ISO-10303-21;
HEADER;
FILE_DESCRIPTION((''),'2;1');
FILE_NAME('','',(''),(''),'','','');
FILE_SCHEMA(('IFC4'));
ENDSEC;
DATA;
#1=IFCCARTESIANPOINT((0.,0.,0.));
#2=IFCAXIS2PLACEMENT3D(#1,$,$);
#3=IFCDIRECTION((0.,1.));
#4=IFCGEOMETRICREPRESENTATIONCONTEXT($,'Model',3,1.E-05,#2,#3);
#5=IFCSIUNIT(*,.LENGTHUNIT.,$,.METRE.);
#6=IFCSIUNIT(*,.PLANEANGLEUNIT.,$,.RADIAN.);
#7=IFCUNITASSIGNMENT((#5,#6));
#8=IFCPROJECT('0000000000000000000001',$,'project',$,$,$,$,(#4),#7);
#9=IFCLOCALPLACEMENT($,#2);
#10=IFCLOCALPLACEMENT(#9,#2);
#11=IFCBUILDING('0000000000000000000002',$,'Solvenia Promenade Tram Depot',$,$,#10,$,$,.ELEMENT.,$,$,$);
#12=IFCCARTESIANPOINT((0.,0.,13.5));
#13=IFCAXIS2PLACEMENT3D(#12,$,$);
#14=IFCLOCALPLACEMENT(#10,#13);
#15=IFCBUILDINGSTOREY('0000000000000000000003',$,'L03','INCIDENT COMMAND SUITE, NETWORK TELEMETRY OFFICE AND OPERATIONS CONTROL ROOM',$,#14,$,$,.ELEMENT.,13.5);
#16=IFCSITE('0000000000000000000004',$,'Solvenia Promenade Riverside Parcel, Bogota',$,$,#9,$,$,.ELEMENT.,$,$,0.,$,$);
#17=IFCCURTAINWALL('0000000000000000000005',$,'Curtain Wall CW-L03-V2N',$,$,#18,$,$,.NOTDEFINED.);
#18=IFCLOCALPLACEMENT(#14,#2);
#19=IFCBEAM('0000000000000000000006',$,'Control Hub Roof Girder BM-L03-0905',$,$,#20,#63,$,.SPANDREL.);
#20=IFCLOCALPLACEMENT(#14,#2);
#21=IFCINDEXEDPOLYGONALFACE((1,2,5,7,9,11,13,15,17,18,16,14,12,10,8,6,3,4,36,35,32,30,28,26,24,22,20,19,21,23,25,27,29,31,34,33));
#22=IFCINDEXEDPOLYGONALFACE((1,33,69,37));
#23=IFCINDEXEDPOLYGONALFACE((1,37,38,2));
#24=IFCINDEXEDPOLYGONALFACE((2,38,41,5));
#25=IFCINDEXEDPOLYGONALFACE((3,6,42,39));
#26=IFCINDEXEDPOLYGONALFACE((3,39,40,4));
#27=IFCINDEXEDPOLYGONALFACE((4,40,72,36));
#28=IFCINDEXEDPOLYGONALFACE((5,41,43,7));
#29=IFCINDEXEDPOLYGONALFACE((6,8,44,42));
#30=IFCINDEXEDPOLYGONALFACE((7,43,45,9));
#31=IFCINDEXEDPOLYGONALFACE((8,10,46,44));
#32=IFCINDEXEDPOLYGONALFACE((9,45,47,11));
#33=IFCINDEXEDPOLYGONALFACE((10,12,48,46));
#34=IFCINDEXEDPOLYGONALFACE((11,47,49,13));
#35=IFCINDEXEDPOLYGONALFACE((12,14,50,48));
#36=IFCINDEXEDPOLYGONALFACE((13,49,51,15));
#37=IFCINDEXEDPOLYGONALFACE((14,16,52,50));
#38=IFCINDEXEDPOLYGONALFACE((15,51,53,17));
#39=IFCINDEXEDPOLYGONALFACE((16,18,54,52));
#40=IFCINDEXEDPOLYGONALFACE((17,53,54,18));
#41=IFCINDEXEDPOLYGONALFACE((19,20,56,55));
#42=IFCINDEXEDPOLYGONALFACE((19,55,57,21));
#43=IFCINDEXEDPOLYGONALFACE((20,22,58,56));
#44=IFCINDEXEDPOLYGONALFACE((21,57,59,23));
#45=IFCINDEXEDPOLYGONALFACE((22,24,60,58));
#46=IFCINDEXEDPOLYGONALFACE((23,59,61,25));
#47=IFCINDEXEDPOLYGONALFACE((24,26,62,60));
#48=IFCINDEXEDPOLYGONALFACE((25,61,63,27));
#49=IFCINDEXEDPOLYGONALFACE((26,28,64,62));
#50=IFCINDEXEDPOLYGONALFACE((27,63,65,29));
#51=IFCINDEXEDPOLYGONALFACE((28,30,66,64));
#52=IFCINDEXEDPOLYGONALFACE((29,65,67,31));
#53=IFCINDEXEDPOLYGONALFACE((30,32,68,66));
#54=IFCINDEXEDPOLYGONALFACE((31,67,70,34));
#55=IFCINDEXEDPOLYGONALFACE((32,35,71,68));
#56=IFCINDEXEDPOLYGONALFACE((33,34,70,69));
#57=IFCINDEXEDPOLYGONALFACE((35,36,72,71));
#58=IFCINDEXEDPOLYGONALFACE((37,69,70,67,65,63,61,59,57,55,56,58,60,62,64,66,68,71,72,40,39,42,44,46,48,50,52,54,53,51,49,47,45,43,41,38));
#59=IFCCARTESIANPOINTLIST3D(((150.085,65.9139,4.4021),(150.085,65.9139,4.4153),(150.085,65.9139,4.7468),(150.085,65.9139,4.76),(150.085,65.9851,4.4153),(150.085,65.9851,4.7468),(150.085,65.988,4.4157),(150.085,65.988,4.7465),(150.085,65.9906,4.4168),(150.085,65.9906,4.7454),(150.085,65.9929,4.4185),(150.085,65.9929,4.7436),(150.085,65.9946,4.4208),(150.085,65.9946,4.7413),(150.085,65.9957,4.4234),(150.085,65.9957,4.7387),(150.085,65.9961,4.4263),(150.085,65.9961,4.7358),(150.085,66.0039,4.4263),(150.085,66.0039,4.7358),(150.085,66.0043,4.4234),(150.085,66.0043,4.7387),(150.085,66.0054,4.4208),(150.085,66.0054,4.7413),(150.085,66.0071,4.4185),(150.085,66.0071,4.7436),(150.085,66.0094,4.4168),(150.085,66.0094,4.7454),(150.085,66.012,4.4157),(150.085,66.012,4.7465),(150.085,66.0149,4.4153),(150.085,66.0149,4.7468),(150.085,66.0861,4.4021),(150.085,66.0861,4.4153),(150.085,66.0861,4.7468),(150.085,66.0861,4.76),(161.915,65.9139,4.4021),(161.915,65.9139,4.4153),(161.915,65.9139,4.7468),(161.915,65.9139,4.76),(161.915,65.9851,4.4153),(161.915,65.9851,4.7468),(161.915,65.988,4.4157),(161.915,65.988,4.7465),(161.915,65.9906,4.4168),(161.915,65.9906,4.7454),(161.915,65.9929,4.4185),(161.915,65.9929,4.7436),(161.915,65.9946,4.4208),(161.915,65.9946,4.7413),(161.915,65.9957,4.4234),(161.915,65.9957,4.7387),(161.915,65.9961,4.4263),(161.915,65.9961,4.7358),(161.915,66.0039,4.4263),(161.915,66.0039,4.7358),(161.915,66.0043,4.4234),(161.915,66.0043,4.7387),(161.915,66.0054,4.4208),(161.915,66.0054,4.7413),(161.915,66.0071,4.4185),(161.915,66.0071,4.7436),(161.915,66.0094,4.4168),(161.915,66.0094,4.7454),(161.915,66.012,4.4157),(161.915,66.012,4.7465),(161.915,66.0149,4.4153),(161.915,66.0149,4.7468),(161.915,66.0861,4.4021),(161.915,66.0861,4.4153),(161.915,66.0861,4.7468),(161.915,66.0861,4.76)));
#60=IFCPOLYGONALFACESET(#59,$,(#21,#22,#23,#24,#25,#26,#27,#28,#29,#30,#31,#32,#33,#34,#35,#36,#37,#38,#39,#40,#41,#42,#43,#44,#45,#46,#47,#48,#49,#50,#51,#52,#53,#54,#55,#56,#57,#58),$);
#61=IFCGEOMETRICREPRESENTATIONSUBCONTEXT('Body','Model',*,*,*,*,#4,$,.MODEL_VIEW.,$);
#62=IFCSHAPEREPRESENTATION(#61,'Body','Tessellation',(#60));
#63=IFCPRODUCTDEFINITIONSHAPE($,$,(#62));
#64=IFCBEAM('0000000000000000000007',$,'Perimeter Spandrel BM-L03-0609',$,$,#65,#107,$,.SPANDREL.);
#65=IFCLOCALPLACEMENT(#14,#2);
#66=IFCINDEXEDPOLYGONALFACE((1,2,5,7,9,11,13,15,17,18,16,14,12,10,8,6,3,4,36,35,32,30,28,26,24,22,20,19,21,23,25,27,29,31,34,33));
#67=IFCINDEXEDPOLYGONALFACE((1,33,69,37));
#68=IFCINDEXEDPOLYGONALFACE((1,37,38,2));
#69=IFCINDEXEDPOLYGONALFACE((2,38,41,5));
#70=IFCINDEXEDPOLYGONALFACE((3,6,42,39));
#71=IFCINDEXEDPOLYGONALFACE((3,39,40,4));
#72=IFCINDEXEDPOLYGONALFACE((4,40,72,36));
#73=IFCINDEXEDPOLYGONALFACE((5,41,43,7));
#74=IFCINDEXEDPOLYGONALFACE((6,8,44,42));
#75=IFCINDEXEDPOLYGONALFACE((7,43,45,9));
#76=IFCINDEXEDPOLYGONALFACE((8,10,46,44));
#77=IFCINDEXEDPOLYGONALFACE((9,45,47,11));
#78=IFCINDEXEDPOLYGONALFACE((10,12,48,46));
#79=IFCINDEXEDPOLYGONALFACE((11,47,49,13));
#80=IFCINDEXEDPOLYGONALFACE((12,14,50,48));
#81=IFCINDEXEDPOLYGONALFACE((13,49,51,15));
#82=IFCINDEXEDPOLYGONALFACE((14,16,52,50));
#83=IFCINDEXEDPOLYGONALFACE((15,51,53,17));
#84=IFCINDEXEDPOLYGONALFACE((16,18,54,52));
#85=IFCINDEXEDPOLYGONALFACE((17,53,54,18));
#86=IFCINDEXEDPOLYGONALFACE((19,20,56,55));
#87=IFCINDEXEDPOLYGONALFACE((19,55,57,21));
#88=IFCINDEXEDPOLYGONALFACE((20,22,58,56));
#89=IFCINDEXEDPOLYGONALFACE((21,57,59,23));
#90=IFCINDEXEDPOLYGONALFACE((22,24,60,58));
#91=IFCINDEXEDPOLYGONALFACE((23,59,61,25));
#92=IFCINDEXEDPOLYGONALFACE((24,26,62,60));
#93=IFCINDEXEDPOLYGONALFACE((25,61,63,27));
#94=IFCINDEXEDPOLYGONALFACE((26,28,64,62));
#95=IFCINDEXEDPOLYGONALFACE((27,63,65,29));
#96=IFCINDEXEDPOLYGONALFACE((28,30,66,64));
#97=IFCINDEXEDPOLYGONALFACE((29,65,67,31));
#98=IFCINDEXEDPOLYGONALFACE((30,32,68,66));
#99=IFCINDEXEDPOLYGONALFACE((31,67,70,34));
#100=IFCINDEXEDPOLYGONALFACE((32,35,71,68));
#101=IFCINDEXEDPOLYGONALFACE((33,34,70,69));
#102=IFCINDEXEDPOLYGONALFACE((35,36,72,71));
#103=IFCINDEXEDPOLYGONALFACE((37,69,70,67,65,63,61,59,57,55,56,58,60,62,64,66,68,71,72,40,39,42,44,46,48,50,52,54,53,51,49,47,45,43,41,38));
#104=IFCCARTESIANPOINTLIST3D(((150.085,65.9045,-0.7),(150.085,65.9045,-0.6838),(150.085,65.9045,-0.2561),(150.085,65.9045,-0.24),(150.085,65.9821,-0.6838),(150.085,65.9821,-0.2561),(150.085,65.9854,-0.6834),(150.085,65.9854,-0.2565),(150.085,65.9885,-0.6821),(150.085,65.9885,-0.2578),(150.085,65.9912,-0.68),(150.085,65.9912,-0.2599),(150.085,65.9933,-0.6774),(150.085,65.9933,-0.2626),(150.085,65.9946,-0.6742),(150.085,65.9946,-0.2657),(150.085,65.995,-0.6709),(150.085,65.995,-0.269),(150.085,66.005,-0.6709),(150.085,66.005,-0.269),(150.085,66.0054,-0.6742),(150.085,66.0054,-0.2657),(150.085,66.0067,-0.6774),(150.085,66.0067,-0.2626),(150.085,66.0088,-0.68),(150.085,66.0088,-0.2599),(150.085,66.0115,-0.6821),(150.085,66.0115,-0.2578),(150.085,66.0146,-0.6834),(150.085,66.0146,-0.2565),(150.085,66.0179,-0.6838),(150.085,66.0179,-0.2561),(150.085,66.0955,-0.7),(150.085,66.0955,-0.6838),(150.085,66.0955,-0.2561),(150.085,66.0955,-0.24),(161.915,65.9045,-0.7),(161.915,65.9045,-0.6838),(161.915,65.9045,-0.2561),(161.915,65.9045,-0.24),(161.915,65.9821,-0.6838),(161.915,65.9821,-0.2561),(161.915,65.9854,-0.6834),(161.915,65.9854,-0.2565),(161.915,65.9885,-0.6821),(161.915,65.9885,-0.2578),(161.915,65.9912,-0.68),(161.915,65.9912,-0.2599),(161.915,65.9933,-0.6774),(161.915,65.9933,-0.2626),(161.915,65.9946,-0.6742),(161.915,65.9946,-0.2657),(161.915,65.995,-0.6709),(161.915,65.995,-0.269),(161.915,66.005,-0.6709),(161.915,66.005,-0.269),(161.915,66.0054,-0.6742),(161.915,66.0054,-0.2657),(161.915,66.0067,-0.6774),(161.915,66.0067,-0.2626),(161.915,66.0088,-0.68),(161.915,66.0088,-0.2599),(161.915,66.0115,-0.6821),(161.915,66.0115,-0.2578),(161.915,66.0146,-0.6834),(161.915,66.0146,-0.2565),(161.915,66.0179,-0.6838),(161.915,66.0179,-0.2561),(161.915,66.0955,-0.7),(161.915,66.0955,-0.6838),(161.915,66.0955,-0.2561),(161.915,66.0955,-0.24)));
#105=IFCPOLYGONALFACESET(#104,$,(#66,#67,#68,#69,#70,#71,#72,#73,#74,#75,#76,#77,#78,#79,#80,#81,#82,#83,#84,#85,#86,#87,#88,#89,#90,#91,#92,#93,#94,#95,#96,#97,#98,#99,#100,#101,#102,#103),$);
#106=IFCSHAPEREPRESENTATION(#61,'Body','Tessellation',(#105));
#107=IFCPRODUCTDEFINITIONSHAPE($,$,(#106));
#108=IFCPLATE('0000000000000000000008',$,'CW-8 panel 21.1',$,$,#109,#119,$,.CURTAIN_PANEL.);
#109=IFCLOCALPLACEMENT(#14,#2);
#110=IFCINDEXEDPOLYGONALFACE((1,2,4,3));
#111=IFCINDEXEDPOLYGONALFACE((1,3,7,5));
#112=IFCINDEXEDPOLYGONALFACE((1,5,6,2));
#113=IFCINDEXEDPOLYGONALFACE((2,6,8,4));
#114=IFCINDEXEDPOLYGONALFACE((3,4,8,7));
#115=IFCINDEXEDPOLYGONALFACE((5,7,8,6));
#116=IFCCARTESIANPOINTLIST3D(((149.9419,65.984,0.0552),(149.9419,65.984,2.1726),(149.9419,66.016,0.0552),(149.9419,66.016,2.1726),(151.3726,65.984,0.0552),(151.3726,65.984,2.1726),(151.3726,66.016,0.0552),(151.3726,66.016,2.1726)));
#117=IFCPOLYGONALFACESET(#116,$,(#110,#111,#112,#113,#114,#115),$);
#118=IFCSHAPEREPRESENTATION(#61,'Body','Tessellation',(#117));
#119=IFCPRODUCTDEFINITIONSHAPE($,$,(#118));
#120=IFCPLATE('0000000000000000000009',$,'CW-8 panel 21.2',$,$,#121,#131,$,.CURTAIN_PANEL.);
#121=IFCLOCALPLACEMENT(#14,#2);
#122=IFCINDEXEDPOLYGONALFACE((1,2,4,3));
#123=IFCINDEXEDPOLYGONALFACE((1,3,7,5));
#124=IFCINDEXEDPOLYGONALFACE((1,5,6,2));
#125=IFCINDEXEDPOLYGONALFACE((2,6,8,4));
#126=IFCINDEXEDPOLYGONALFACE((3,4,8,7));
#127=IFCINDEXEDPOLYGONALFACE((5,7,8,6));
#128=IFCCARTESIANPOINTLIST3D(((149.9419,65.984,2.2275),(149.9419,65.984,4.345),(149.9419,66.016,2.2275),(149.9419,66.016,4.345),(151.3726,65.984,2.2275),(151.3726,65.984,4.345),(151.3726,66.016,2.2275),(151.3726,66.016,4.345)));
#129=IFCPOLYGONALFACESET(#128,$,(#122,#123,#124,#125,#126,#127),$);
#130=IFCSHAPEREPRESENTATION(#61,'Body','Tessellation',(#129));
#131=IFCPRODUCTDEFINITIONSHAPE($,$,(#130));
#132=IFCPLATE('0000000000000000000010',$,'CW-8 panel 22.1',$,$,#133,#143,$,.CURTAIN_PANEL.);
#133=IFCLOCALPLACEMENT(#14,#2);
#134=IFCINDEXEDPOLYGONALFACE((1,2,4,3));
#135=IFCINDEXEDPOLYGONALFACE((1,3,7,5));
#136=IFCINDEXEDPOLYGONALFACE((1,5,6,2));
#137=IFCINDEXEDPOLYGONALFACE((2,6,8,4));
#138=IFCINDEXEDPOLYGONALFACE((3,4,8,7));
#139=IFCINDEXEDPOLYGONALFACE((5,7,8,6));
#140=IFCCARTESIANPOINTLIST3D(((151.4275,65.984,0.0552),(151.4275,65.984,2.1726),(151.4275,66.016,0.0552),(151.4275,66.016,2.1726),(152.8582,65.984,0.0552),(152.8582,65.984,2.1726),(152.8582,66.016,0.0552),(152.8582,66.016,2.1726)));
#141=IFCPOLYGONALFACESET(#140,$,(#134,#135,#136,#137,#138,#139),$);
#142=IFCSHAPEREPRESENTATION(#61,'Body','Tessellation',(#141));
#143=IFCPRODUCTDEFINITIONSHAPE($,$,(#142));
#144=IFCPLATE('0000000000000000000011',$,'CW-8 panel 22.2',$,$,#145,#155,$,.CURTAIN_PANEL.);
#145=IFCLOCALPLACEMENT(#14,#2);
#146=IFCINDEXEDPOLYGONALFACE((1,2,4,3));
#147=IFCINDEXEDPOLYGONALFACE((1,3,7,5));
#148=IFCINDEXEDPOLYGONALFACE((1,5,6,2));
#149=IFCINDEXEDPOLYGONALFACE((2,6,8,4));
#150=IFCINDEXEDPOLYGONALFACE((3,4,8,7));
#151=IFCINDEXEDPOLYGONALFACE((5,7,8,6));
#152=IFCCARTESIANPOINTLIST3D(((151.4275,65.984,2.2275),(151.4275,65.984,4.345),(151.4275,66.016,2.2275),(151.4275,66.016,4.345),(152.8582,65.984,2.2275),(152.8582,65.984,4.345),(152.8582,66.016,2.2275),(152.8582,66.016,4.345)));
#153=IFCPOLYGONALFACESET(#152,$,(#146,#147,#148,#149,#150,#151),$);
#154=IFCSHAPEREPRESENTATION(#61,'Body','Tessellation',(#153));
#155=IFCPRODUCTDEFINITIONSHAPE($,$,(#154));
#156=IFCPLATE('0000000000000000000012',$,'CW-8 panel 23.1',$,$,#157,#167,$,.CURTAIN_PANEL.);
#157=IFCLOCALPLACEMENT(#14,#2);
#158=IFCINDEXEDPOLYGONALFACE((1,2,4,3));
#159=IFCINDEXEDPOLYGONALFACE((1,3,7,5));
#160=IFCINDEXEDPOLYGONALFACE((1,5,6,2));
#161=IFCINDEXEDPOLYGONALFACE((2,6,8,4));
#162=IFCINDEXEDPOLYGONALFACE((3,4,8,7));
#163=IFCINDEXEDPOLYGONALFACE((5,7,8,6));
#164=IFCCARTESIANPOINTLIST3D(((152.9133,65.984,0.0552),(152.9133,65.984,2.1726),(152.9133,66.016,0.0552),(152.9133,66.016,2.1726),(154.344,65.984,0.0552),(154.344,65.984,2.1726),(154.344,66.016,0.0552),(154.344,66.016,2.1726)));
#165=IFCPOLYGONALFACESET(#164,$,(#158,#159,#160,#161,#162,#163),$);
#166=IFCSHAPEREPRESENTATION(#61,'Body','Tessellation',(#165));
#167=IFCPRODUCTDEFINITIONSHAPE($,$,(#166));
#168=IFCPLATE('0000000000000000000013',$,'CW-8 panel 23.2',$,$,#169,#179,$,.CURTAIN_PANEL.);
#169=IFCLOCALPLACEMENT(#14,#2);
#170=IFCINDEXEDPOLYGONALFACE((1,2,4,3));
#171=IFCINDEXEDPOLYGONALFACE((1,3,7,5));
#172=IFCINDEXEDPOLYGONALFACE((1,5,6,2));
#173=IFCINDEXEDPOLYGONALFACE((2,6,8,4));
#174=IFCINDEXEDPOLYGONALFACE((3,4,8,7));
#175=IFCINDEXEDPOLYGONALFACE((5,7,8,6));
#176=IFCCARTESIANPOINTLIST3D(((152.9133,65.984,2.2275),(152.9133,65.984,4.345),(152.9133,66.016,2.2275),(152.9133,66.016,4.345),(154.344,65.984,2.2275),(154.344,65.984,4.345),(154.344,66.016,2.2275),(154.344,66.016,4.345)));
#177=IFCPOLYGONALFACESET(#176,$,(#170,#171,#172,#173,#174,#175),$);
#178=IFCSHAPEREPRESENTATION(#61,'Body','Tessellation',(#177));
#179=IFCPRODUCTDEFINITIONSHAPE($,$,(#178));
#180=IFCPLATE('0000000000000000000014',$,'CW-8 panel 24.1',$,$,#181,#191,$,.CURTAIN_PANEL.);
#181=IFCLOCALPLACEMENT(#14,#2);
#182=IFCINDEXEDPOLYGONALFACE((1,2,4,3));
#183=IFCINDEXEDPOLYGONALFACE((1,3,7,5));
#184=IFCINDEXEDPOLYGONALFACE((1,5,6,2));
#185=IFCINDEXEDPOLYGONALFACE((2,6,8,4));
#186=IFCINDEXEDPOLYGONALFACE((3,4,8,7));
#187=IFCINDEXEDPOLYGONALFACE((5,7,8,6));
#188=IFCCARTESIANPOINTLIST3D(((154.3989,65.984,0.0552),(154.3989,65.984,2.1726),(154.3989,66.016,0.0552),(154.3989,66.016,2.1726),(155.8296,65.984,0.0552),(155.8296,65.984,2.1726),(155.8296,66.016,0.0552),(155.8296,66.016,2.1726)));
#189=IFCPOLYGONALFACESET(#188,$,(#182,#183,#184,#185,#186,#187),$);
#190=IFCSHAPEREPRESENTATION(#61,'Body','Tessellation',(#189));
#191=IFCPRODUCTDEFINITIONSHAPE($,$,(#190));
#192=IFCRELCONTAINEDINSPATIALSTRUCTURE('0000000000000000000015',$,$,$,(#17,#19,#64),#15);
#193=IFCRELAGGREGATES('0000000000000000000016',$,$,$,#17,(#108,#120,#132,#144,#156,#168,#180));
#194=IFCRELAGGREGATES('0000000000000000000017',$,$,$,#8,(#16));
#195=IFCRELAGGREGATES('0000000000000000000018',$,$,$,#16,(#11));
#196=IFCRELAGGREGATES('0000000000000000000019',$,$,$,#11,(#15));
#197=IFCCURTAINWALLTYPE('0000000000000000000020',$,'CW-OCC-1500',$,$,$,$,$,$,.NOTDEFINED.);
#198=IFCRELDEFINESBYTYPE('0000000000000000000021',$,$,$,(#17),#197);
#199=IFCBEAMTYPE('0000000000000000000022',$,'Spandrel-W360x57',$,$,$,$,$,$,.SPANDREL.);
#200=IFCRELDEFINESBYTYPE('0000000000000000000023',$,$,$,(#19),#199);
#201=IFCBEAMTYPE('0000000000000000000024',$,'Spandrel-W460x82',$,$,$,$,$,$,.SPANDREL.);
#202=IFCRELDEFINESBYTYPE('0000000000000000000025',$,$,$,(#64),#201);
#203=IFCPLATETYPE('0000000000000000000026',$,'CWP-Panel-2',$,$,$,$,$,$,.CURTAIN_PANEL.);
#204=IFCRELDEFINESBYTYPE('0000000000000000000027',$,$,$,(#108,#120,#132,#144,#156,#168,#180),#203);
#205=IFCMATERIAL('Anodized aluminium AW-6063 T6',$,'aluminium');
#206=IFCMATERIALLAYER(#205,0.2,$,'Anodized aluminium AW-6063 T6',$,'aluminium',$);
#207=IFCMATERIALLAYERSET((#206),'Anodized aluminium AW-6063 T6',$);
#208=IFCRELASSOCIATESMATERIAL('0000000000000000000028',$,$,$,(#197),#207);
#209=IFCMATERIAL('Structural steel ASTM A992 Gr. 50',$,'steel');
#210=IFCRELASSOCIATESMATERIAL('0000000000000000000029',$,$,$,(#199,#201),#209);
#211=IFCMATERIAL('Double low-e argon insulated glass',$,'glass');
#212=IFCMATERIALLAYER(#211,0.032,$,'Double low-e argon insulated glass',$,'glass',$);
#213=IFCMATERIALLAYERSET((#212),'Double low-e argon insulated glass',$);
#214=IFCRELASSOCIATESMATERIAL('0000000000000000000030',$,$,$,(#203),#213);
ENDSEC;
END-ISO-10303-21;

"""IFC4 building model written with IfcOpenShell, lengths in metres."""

from ifc_helpers import new_model, si_unit, direction, frame, origin, origin_2d, place, context, subcontext, project, spatial, rectangle, i_section, extrude, material, layer, layer_set, material_profile, profile_set, type_object, element, aggregate, save


model = new_model("IFC4")

# Units and contexts
model_context = context("Model", 3, precision=1e-05, world=origin(), true_north=direction((0.0, 1.0)))
body_context = subcontext(model_context, "Body", "Model", "MODEL_VIEW")
ifc_project = project(units=[si_unit("LENGTHUNIT", "METRE"), si_unit("PLANEANGLEUNIT", "RADIAN")], contexts=[model_context])

# Site, building, storey
site_placement = place(None, origin())
site = spatial("IfcSite", under=ifc_project, at=site_placement, Name="Solvenia Promenade Riverside Parcel, Bogota", CompositionType="ELEMENT", RefElevation=0.0)
building_placement = place(site_placement, origin())
building = spatial("IfcBuilding", under=site, at=building_placement, Name="Solvenia Promenade Tram Depot", CompositionType="ELEMENT")
storey_placement = place(building_placement, frame((0.0, 0.0, 13.5)))
storey = spatial("IfcBuildingStorey", under=building, at=storey_placement, Name="L03", Description="INCIDENT COMMAND SUITE, NETWORK TELEMETRY OFFICE AND OPERATIONS CONTROL ROOM", CompositionType="ELEMENT", Elevation=13.5)

# Curtain wall
ifc_material_1 = material(Name="Anodized aluminium AW-6063 T6", Category="aluminium")
ifc_layer_1 = layer(ifc_material_1, 0.2, Name="Anodized aluminium AW-6063 T6", Category="aluminium")
ifc_layer_set_1 = layer_set([ifc_layer_1], Name="Anodized aluminium AW-6063 T6")
curtain_wall_type = type_object("IfcCurtainWallType", Name="CW-OCC-1500", PredefinedType="NOTDEFINED", material=ifc_layer_set_1)
curtain_wall_placement = place(storey_placement, origin())
curtain_wall = element("IfcCurtainWall", 1, at=curtain_wall_placement, inside=storey, type_object=curtain_wall_type, Name="Curtain Wall CW-L03-V2N", PredefinedType="NOTDEFINED")

# Beams
ifc_material_2 = material(Name="Structural steel ASTM A992 Gr. 50", Category="steel")
ifc_material_profile_1 = material_profile(ifc_material_2, i_section(OverallWidth=0.1721, OverallDepth=0.3579, WebThickness=0.0078, FlangeThickness=0.0132, FilletRadius=0.011, at=origin_2d()), Name="W360x57", Category="steel")
ifc_profile_set_1 = profile_set([ifc_material_profile_1], Name="Structural steel ASTM A992 Gr. 50")
beam_type_1 = type_object("IfcBeamType", Name="Spandrel-W360x57", PredefinedType="SPANDREL", material=ifc_profile_set_1)
for number, where, z_axis, x_axis, name in (
    (2, (150.085, 66.0, 4.5811), (1.0, 0.0, 0.0), (0.0, 1.0, 0.0), "Control Hub Roof Girder BM-L03-0905"),
):
    element("IfcBeam", number, at=place(storey_placement, frame(where, z_axis=z_axis, x_axis=x_axis)), inside=storey, type_object=beam_type_1, Name=name, PredefinedType="SPANDREL", context=body_context, shape_type="SweptSolid", body=[
        extrude(i_section(OverallWidth=0.1721, OverallDepth=0.3579, WebThickness=0.0078, FlangeThickness=0.0132, FilletRadius=0.011, at=origin_2d()), origin(), (0.0, 0.0, 1.0), 11.8301),
    ])
ifc_material_profile_2 = material_profile(ifc_material_2, i_section(OverallWidth=0.1909, OverallDepth=0.46, WebThickness=0.01, FlangeThickness=0.0161, FilletRadius=0.0129, at=origin_2d()), Name="W460x82", Category="steel")
ifc_profile_set_2 = profile_set([ifc_material_profile_2], Name="Structural steel ASTM A992 Gr. 50")
beam_type_2 = type_object("IfcBeamType", Name="Spandrel-W460x82", PredefinedType="SPANDREL", material=ifc_profile_set_2)
beam_placement = place(storey_placement, frame((150.085, 66.0, -0.47), z_axis=(1.0, 0.0, 0.0), x_axis=(0.0, 1.0, 0.0)))
element("IfcBeam", 3, at=beam_placement, inside=storey, type_object=beam_type_2, Name="Perimeter Spandrel BM-L03-0609", PredefinedType="SPANDREL", context=body_context, shape_type="SweptSolid", body=[
    extrude(i_section(OverallWidth=0.1909, OverallDepth=0.46, WebThickness=0.01, FlangeThickness=0.0161, FilletRadius=0.0129, at=origin_2d()), origin(), (0.0, 0.0, 1.0), 11.8301),
])

# Plates
ifc_material_3 = material(Name="Double low-e argon insulated glass", Category="glass")
ifc_layer_2 = layer(ifc_material_3, 0.032, Name="Double low-e argon insulated glass", Category="glass")
ifc_layer_set_2 = layer_set([ifc_layer_2], Name="Double low-e argon insulated glass")
plate_type = type_object("IfcPlateType", Name="CWP-Panel-2", PredefinedType="CURTAIN_PANEL", material=ifc_layer_set_2)
plate_1_placement = place(storey_placement, frame((150.6572, 66.0, 0.0552), z_axis=(0.0, 0.0, 1.0), x_axis=(1.0, 0.0, 0.0)))
plate_1 = element("IfcPlate", 4, at=plate_1_placement, type_object=plate_type, Name="CW-8 panel 21.1", PredefinedType="CURTAIN_PANEL", context=body_context, shape_type="SweptSolid", body=[
    extrude(rectangle(XDim=1.4307, YDim=0.032, at=origin_2d()), origin(), (0.0, 0.0, 1.0), 2.1174),
])
plate_2_placement = place(storey_placement, frame((150.6572, 66.0, 2.2275), z_axis=(0.0, 0.0, 1.0), x_axis=(1.0, 0.0, 0.0)))
plate_2 = element("IfcPlate", 5, at=plate_2_placement, type_object=plate_type, Name="CW-8 panel 21.2", PredefinedType="CURTAIN_PANEL", context=body_context, shape_type="SweptSolid", body=[
    extrude(rectangle(XDim=1.4307, YDim=0.032, at=origin_2d()), origin(), (0.0, 0.0, 1.0), 2.1174),
])
plate_3_placement = place(storey_placement, frame((152.1428, 66.0, 0.0552), z_axis=(0.0, 0.0, 1.0), x_axis=(1.0, 0.0, 0.0)))
plate_3 = element("IfcPlate", 6, at=plate_3_placement, type_object=plate_type, Name="CW-8 panel 22.1", PredefinedType="CURTAIN_PANEL", context=body_context, shape_type="SweptSolid", body=[
    extrude(rectangle(XDim=1.4307, YDim=0.032, at=origin_2d()), origin(), (0.0, 0.0, 1.0), 2.1174),
])
plate_4_placement = place(storey_placement, frame((152.1428, 66.0, 2.2275), z_axis=(0.0, 0.0, 1.0), x_axis=(1.0, 0.0, 0.0)))
plate_4 = element("IfcPlate", 7, at=plate_4_placement, type_object=plate_type, Name="CW-8 panel 22.2", PredefinedType="CURTAIN_PANEL", context=body_context, shape_type="SweptSolid", body=[
    extrude(rectangle(XDim=1.4307, YDim=0.032, at=origin_2d()), origin(), (0.0, 0.0, 1.0), 2.1174),
])
plate_5_placement = place(storey_placement, frame((153.6287, 66.0, 0.0552), z_axis=(0.0, 0.0, 1.0), x_axis=(1.0, 0.0, 0.0)))
plate_5 = element("IfcPlate", 8, at=plate_5_placement, type_object=plate_type, Name="CW-8 panel 23.1", PredefinedType="CURTAIN_PANEL", context=body_context, shape_type="SweptSolid", body=[
    extrude(rectangle(XDim=1.4307, YDim=0.032, at=origin_2d()), origin(), (0.0, 0.0, 1.0), 2.1174),
])
plate_6_placement = place(storey_placement, frame((153.6287, 66.0, 2.2275), z_axis=(0.0, 0.0, 1.0), x_axis=(1.0, 0.0, 0.0)))
plate_6 = element("IfcPlate", 9, at=plate_6_placement, type_object=plate_type, Name="CW-8 panel 23.2", PredefinedType="CURTAIN_PANEL", context=body_context, shape_type="SweptSolid", body=[
    extrude(rectangle(XDim=1.4307, YDim=0.032, at=origin_2d()), origin(), (0.0, 0.0, 1.0), 2.1174),
])
plate_7_placement = place(storey_placement, frame((155.1143, 66.0, 0.0552), z_axis=(0.0, 0.0, 1.0), x_axis=(1.0, 0.0, 0.0)))
plate_7 = element("IfcPlate", 10, at=plate_7_placement, type_object=plate_type, Name="CW-8 panel 24.1", PredefinedType="CURTAIN_PANEL", context=body_context, shape_type="SweptSolid", body=[
    extrude(rectangle(XDim=1.4307, YDim=0.032, at=origin_2d()), origin(), (0.0, 0.0, 1.0), 2.1174),
])
aggregate(curtain_wall, [plate_1, plate_2, plate_3, plate_4, plate_5, plate_6, plate_7])

save(model, "model.ifc")
